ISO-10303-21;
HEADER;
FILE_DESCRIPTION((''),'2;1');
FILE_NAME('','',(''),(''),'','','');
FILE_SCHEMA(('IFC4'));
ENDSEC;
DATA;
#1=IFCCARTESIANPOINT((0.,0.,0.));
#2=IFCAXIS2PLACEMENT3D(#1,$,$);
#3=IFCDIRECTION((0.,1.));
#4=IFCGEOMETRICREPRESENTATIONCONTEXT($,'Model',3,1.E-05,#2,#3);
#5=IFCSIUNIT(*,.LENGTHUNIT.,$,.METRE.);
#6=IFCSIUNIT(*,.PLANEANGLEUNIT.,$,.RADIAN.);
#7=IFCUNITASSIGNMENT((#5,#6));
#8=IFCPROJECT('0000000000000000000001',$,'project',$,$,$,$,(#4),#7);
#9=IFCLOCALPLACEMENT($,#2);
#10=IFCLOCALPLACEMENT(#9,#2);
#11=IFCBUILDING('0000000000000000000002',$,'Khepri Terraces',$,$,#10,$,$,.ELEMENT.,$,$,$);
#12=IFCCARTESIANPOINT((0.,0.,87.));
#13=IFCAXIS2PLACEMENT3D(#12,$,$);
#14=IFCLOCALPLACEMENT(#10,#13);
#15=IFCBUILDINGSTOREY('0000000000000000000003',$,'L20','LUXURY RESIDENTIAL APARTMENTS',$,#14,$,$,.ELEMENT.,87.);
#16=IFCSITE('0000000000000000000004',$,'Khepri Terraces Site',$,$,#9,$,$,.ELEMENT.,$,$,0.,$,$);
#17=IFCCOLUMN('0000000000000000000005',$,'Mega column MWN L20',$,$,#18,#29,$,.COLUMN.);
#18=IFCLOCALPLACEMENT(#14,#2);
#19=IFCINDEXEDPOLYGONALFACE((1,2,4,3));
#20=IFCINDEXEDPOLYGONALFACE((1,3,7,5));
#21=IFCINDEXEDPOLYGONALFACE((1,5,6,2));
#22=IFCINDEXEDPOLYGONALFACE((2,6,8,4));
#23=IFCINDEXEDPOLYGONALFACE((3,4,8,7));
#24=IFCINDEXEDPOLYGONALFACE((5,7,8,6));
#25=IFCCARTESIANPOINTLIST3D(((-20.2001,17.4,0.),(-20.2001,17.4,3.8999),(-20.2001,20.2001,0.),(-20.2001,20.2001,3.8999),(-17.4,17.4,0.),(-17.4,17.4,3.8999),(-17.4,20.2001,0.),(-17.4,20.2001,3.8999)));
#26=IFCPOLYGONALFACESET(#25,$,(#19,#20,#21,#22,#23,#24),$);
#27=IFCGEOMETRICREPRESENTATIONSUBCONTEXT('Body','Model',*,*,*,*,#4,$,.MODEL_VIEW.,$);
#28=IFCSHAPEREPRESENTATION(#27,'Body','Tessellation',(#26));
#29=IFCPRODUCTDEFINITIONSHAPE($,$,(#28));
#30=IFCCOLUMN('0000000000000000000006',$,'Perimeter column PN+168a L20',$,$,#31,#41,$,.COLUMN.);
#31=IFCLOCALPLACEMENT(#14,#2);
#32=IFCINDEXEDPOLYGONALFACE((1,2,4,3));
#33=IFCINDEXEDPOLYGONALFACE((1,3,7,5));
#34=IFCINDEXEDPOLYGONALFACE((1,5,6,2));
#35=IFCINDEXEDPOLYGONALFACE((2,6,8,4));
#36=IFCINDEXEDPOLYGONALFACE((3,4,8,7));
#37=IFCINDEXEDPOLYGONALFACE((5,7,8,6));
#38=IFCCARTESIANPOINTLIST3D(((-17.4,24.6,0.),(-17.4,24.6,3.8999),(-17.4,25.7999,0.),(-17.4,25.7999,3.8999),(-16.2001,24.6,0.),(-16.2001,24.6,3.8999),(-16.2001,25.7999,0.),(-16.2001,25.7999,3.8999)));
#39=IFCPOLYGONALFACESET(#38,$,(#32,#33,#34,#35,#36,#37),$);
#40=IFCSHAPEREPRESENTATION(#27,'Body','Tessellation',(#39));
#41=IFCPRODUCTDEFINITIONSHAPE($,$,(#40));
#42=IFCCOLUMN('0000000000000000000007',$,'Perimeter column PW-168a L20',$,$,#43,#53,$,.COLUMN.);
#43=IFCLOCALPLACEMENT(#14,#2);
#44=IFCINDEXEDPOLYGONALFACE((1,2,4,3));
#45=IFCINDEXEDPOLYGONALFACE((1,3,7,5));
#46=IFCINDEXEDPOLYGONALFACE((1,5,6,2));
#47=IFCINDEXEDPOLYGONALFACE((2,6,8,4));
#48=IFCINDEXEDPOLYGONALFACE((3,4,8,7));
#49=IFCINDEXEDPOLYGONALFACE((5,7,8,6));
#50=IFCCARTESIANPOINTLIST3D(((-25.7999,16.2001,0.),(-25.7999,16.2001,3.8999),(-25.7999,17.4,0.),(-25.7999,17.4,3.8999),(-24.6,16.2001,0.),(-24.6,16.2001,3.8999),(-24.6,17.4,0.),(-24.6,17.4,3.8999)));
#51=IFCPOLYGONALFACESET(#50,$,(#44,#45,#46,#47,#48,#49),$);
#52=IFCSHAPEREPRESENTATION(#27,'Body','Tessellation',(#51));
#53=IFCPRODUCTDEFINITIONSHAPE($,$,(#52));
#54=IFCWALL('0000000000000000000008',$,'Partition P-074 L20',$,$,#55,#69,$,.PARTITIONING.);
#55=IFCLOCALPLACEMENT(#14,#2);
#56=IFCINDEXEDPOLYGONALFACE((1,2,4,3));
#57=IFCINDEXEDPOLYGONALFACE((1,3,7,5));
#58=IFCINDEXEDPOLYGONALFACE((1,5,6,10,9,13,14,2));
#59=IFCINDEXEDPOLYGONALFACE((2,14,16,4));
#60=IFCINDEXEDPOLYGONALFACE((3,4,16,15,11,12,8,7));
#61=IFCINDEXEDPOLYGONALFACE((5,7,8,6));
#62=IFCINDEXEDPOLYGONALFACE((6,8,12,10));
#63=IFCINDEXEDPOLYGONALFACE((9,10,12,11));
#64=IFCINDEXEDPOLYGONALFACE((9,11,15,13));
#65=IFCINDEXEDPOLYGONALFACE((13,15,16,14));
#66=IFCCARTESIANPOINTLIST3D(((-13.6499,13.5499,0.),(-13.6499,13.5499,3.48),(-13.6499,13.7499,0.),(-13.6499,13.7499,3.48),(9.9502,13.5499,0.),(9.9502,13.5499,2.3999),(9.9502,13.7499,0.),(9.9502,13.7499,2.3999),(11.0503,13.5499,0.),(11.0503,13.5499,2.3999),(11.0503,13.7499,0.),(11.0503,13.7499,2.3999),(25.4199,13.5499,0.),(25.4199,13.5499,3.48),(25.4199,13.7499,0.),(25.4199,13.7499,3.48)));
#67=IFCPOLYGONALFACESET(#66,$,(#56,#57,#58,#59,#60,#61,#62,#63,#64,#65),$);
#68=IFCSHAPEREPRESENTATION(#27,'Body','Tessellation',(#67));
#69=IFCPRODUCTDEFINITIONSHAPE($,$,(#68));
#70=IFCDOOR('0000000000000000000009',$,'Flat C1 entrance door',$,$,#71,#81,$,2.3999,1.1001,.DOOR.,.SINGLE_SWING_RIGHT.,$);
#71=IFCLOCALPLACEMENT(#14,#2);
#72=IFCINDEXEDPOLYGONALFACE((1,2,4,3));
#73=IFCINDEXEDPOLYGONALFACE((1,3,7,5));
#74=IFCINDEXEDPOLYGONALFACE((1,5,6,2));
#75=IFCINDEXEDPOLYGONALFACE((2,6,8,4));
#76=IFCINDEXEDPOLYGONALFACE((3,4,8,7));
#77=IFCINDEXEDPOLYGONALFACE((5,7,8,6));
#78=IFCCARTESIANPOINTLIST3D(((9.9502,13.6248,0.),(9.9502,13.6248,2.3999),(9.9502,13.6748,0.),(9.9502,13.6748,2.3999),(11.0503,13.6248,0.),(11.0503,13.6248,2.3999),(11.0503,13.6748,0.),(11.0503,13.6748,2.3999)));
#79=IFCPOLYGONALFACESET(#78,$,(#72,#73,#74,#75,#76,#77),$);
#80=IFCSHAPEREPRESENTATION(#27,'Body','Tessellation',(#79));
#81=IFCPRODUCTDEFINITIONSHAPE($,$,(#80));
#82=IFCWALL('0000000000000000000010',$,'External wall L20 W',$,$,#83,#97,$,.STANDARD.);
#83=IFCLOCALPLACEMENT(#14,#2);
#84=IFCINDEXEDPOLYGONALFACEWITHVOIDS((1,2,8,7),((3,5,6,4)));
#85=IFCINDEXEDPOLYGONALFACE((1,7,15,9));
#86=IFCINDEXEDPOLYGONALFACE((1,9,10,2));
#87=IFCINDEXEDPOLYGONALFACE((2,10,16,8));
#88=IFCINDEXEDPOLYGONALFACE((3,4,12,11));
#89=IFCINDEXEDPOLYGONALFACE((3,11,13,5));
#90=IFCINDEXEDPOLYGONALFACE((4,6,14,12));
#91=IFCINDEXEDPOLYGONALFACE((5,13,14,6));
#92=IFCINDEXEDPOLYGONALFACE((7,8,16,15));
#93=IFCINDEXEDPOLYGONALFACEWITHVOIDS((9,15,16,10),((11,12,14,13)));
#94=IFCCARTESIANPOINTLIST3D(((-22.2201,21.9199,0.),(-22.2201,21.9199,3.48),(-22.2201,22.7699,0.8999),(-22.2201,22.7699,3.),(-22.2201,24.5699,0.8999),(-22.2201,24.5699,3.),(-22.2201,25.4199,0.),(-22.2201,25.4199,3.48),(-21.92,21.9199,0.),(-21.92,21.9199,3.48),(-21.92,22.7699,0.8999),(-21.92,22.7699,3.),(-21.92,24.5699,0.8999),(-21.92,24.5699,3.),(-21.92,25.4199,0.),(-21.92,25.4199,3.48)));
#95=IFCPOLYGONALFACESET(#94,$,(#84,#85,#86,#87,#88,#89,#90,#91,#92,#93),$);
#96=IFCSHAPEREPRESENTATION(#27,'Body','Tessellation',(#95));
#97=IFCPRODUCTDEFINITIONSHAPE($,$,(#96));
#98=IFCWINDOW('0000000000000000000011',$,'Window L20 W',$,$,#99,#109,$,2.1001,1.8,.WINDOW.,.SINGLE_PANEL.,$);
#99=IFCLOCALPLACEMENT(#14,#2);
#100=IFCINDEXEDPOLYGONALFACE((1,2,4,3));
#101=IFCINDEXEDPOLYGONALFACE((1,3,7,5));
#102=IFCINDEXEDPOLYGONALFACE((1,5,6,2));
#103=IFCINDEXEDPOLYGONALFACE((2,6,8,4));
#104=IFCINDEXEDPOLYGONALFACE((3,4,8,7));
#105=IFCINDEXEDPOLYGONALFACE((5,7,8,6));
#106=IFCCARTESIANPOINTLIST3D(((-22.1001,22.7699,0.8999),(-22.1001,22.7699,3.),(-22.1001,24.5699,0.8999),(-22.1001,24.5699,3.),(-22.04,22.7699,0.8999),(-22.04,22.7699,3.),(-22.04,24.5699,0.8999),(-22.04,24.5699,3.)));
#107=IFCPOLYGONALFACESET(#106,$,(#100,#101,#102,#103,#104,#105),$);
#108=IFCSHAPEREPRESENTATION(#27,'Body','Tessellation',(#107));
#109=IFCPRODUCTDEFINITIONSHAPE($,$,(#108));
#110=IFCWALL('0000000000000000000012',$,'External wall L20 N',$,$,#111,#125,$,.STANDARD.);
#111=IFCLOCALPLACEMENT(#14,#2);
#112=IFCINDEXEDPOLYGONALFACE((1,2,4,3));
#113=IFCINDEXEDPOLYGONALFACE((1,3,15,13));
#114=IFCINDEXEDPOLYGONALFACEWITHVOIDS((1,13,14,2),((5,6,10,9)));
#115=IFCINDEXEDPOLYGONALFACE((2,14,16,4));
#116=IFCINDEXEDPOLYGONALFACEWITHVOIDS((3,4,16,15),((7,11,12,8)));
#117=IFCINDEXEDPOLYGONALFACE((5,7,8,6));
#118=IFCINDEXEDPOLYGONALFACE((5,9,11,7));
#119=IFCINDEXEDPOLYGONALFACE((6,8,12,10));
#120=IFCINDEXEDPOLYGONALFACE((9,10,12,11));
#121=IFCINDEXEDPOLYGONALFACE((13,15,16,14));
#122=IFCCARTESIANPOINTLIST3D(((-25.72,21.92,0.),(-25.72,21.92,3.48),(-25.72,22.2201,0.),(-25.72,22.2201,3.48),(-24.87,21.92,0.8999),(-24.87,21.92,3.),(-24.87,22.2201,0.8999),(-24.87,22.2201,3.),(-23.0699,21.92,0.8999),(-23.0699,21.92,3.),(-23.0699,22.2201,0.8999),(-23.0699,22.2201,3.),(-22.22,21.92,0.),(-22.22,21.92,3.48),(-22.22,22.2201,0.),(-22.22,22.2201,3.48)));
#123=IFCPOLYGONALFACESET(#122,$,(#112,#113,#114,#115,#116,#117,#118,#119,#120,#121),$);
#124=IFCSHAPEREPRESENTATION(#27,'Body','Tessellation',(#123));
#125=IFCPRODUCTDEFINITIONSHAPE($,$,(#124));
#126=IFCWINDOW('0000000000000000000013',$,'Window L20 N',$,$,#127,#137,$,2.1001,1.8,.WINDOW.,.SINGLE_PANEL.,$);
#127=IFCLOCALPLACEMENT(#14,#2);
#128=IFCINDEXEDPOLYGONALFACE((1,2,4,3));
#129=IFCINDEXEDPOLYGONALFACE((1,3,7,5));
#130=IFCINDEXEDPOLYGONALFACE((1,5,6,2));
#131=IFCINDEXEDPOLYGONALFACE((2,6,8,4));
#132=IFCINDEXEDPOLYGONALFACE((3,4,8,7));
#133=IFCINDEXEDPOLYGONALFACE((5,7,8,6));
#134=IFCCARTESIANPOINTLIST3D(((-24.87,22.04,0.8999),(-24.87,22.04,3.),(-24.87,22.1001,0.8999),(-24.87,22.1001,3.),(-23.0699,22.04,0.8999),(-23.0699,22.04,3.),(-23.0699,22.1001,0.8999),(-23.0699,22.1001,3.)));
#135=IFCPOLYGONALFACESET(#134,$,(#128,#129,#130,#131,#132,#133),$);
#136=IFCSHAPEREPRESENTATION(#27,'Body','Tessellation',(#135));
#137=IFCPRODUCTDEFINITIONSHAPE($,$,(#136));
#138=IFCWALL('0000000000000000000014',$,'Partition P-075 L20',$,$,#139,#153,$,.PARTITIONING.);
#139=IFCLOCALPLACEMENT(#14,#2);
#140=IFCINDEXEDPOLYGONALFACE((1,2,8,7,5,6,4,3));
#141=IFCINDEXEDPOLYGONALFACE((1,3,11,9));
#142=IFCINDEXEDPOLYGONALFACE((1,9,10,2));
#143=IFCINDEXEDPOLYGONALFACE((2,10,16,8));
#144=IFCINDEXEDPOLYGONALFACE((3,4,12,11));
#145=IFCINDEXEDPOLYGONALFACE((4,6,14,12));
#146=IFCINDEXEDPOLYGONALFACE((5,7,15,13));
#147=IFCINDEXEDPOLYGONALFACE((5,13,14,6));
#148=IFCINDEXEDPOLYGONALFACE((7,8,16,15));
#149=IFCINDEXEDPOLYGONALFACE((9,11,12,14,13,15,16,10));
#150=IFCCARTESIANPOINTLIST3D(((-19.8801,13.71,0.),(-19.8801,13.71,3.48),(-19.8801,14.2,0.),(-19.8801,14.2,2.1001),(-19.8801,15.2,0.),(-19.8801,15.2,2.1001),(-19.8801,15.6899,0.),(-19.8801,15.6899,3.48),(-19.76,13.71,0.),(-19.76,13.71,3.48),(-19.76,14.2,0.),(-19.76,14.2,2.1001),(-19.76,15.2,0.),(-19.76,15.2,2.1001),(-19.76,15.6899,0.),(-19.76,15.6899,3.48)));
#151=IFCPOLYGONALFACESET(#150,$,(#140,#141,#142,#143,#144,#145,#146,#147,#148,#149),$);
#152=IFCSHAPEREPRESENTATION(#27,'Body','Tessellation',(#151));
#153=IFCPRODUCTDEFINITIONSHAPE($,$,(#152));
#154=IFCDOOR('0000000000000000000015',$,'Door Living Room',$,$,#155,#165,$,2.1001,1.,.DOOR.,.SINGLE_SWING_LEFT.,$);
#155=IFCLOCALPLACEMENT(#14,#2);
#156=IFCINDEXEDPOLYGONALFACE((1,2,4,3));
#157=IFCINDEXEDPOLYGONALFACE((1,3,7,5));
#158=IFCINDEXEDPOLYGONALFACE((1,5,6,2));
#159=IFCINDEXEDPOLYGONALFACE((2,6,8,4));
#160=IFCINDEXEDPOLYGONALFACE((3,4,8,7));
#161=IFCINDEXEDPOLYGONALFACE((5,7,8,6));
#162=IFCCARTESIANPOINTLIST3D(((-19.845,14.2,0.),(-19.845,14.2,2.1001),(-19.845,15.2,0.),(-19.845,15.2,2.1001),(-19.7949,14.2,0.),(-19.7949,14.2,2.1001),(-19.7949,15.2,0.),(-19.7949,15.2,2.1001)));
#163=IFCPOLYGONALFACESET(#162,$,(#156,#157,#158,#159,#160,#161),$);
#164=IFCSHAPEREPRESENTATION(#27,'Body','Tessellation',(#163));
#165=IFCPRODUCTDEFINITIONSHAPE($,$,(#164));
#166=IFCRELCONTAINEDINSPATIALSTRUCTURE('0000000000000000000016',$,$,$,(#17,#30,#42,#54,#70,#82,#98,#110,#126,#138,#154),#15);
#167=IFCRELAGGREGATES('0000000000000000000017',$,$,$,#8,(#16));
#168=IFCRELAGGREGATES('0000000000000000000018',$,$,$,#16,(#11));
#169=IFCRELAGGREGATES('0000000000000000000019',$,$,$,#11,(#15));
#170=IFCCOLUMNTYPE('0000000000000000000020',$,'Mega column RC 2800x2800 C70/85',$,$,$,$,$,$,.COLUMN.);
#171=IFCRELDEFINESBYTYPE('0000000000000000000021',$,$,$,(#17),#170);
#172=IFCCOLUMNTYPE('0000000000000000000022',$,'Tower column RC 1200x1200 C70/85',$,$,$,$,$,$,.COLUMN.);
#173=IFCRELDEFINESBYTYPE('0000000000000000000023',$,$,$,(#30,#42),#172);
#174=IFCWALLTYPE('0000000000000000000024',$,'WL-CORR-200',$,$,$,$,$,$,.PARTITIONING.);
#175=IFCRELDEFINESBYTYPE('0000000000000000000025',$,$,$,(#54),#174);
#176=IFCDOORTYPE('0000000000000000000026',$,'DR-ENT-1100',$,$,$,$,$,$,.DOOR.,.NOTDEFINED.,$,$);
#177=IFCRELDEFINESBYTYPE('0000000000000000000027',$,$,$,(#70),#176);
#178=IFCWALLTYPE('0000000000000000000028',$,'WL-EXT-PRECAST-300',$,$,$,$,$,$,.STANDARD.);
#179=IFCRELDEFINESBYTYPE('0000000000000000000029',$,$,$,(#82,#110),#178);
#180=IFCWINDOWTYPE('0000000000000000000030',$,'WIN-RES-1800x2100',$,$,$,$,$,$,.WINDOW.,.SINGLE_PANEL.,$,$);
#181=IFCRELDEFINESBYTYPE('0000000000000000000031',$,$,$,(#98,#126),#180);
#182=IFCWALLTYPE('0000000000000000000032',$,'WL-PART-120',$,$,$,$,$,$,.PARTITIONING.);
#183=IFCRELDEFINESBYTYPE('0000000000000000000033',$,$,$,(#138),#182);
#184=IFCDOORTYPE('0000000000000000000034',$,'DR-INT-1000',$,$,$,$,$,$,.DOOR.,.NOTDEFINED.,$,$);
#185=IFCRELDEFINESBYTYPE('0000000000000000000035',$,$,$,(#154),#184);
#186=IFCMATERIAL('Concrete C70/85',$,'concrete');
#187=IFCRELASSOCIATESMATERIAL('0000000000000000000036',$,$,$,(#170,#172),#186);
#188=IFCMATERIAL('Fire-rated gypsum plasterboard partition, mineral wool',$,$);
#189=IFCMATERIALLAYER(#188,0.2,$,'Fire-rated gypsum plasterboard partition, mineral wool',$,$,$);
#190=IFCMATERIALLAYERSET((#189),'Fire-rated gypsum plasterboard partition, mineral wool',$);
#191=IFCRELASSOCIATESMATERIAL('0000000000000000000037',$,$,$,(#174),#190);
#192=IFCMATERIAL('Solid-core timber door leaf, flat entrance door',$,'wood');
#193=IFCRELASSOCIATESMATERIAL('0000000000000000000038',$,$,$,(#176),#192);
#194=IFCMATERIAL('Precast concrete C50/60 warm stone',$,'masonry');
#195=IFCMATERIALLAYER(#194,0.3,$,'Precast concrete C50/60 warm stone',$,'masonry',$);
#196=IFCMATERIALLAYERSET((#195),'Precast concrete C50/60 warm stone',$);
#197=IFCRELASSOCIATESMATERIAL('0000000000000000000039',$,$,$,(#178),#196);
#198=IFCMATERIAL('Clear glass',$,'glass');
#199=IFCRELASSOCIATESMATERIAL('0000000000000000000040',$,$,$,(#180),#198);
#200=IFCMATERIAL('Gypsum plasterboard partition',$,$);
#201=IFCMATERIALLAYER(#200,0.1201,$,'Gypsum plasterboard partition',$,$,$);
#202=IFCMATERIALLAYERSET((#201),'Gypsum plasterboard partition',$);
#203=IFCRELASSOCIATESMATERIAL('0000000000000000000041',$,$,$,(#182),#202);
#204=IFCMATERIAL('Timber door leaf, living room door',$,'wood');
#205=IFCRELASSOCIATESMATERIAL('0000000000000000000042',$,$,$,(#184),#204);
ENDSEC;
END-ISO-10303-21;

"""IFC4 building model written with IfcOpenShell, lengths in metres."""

from ifc_helpers import new_model, si_unit, direction, frame, frame_2d, origin, origin_2d, place, context, subcontext, project, spatial, rectangle, extrude, material, layer, layer_set, material_profile, profile_set, type_object, element, fill, save


model = new_model("IFC4")

# Units and contexts
model_context = context("Model", 3, precision=1e-05, world=origin(), true_north=direction((0.0, 1.0)))
body_context = subcontext(model_context, "Body", "Model", "MODEL_VIEW")
ifc_project = project(units=[si_unit("LENGTHUNIT", "METRE"), si_unit("PLANEANGLEUNIT", "RADIAN")], contexts=[model_context])

# Site, building, storey
site_placement = place(None, origin())
site = spatial("IfcSite", under=ifc_project, at=site_placement, Name="Khepri Terraces Site", CompositionType="ELEMENT", RefElevation=0.0)
building_placement = place(site_placement, origin())
building = spatial("IfcBuilding", under=site, at=building_placement, Name="Khepri Terraces", CompositionType="ELEMENT")
storey_placement = place(building_placement, frame((0.0, 0.0, 87.0)))
storey = spatial("IfcBuildingStorey", under=building, at=storey_placement, Name="L20", Description="LUXURY RESIDENTIAL APARTMENTS", CompositionType="ELEMENT", Elevation=87.0)

# Columns
ifc_material_1 = material(Name="Concrete C70/85", Category="concrete")
ifc_material_profile_1 = material_profile(ifc_material_1, rectangle(XDim=2.8, YDim=2.8, at=origin_2d()), Name="Concrete C70/85", Category="concrete")
ifc_profile_set_1 = profile_set([ifc_material_profile_1], Name="Concrete C70/85")
column_type_1 = type_object("IfcColumnType", Name="Mega column RC 2800x2800 C70/85", PredefinedType="COLUMN", material=ifc_profile_set_1)
column_placement = place(storey_placement, frame((-18.8, 18.8, 0.0), z_axis=(0.0, 0.0, 1.0), x_axis=(1.0, 0.0, 0.0)))
element("IfcColumn", 1, at=column_placement, inside=storey, type_object=column_type_1, Name="Mega column MWN L20", PredefinedType="COLUMN", context=body_context, shape_type="SweptSolid", body=[
    extrude(rectangle(XDim=2.8, YDim=2.8, at=origin_2d()), origin(), (0.0, 0.0, 1.0), 3.8999),
])
ifc_material_profile_2 = material_profile(ifc_material_1, rectangle(XDim=1.2, YDim=1.2, at=origin_2d()), Name="Concrete C70/85", Category="concrete")
ifc_profile_set_2 = profile_set([ifc_material_profile_2], Name="Concrete C70/85")
column_type_2 = type_object("IfcColumnType", Name="Tower column RC 1200x1200 C70/85", PredefinedType="COLUMN", material=ifc_profile_set_2)
for number, where, z_axis, x_axis, name in (
    (2, (-16.8, 25.2, 0.0), (0.0, 0.0, 1.0), (1.0, 0.0, 0.0), "Perimeter column PN+168a L20"),
    (3, (-25.2, 16.8, 0.0), (0.0, 0.0, 1.0), (1.0, 0.0, 0.0), "Perimeter column PW-168a L20"),
):
    element("IfcColumn", number, at=place(storey_placement, frame(where, z_axis=z_axis, x_axis=x_axis)), inside=storey, type_object=column_type_2, Name=name, PredefinedType="COLUMN", context=body_context, shape_type="SweptSolid", body=[
        extrude(rectangle(XDim=1.2, YDim=1.2, at=origin_2d()), origin(), (0.0, 0.0, 1.0), 3.8999),
    ])

# Wall, opening, door
ifc_material_2 = material(Name="Fire-rated gypsum plasterboard partition, mineral wool")
ifc_layer_1 = layer(ifc_material_2, 0.2, Name="Fire-rated gypsum plasterboard partition, mineral wool")
ifc_layer_set_1 = layer_set([ifc_layer_1], Name="Fire-rated gypsum plasterboard partition, mineral wool")
wall_type_1 = type_object("IfcWallType", Name="WL-CORR-200", PredefinedType="PARTITIONING", material=ifc_layer_set_1)
wall_1_placement = place(storey_placement, frame((-13.6499, 13.6499, 0.0), z_axis=(0.0, 0.0, 1.0), x_axis=(1.0, 0.0, 0.0)))
wall_1 = element("IfcWall", 4, at=wall_1_placement, inside=storey, type_object=wall_type_1, Name="Partition P-074 L20", PredefinedType="PARTITIONING", context=body_context, shape_type="SweptSolid", body=[
    extrude(rectangle(XDim=39.0698, YDim=0.2, at=frame_2d((19.5349, 0.0))), origin(), (0.0, 0.0, 1.0), 3.48),
])
opening_1_placement = place(wall_1_placement, frame((23.6001, 0.0, 0.0)))
opening_1 = element("IfcOpeningElement", 5, at=opening_1_placement, cuts=wall_1, PredefinedType="OPENING", context=body_context, shape_type="SweptSolid", body=[
    extrude(rectangle(XDim=1.1001, YDim=2.3999, at=frame_2d((0.55, 1.2))), frame((0.0, 0.1099, 0.0), z_axis=(0.0, -1.0, 0.0), x_axis=(1.0, 0.0, 0.0)), (0.0, 0.0, 1.0), 0.22),
])
ifc_material_3 = material(Name="Solid-core timber door leaf, flat entrance door", Category="wood")
door_type_1 = type_object("IfcDoorType", Name="DR-ENT-1100", OperationType="NOTDEFINED", PredefinedType="DOOR", material=ifc_material_3)
door_1_placement = place(opening_1_placement, origin())
door_1 = element("IfcDoor", 6, at=door_1_placement, inside=storey, type_object=door_type_1, Name="Flat C1 entrance door", OperationType="SINGLE_SWING_RIGHT", OverallHeight=2.3999, OverallWidth=1.1001, PredefinedType="DOOR", context=body_context, shape_type="SweptSolid", body=[
    extrude(rectangle(XDim=1.1001, YDim=2.3999, at=frame_2d((0.55, 1.2))), frame((0.0, 0.0249, 0.0), z_axis=(0.0, -1.0, 0.0), x_axis=(1.0, 0.0, 0.0)), (0.0, 0.0, 1.0), 0.05),
])
fill(opening_1, door_1)

# Shared definitions
ifc_material_4 = material(Name="Precast concrete C50/60 warm stone", Category="masonry")
ifc_layer_2 = layer(ifc_material_4, 0.3, Name="Precast concrete C50/60 warm stone", Category="masonry")
ifc_layer_set_2 = layer_set([ifc_layer_2], Name="Precast concrete C50/60 warm stone")
wall_type_2 = type_object("IfcWallType", Name="WL-EXT-PRECAST-300", PredefinedType="STANDARD", material=ifc_layer_set_2)
ifc_material_5 = material(Name="Clear glass", Category="glass")
window_type = type_object("IfcWindowType", Name="WIN-RES-1800x2100", PartitioningType="SINGLE_PANEL", PredefinedType="WINDOW", material=ifc_material_5)

# Walls, openings, windows
wall_2_placement = place(storey_placement, frame((-22.0701, 25.4199, 0.0), z_axis=(0.0, 0.0, 1.0), x_axis=(0.0, -1.0, 0.0)))
wall_2 = element("IfcWall", 7, at=wall_2_placement, inside=storey, type_object=wall_type_2, Name="External wall L20 W", PredefinedType="STANDARD", context=body_context, shape_type="SweptSolid", body=[
    extrude(rectangle(XDim=3.5, YDim=0.3, at=frame_2d((1.75, 0.0))), origin(), (0.0, 0.0, 1.0), 3.48),
])
opening_2_placement = place(wall_2_placement, frame((0.8501, 0.0, 0.8999)))
opening_2 = element("IfcOpeningElement", 8, at=opening_2_placement, cuts=wall_2, PredefinedType="OPENING", context=body_context, shape_type="SweptSolid", body=[
    extrude(rectangle(XDim=1.8, YDim=2.1001, at=frame_2d((0.8999, 1.05))), frame((0.0, 0.1602, 0.0), z_axis=(0.0, -1.0, 0.0), x_axis=(1.0, 0.0, 0.0)), (0.0, 0.0, 1.0), 0.3201),
])
window_1_placement = place(opening_2_placement, origin())
window_1 = element("IfcWindow", 9, at=window_1_placement, inside=storey, type_object=window_type, Name="Window L20 W", OverallHeight=2.1001, OverallWidth=1.8, PartitioningType="SINGLE_PANEL", PredefinedType="WINDOW", context=body_context, shape_type="SweptSolid", body=[
    extrude(rectangle(XDim=1.8, YDim=2.1001, at=frame_2d((0.8999, 1.05))), frame((0.0, 0.03, 0.0), z_axis=(0.0, -1.0, 0.0), x_axis=(1.0, 0.0, 0.0)), (0.0, 0.0, 1.0), 0.0601),
])
fill(opening_2, window_1)
wall_3_placement = place(storey_placement, frame((-22.22, 22.0701, 0.0), z_axis=(0.0, 0.0, 1.0), x_axis=(-1.0, 0.0, 0.0)))
wall_3 = element("IfcWall", 10, at=wall_3_placement, inside=storey, type_object=wall_type_2, Name="External wall L20 N", PredefinedType="STANDARD", context=body_context, shape_type="SweptSolid", body=[
    extrude(rectangle(XDim=3.5, YDim=0.3, at=frame_2d((1.75, 0.0))), origin(), (0.0, 0.0, 1.0), 3.48),
])
opening_3_placement = place(wall_3_placement, frame((0.8501, 0.0, 0.8999)))
opening_3 = element("IfcOpeningElement", 11, at=opening_3_placement, cuts=wall_3, PredefinedType="OPENING", context=body_context, shape_type="SweptSolid", body=[
    extrude(rectangle(XDim=1.8, YDim=2.1001, at=frame_2d((0.8999, 1.05))), frame((0.0, 0.1602, 0.0), z_axis=(0.0, -1.0, 0.0), x_axis=(1.0, 0.0, 0.0)), (0.0, 0.0, 1.0), 0.3201),
])
window_2_placement = place(opening_3_placement, origin())
window_2 = element("IfcWindow", 12, at=window_2_placement, inside=storey, type_object=window_type, Name="Window L20 N", OverallHeight=2.1001, OverallWidth=1.8, PartitioningType="SINGLE_PANEL", PredefinedType="WINDOW", context=body_context, shape_type="SweptSolid", body=[
    extrude(rectangle(XDim=1.8, YDim=2.1001, at=frame_2d((0.8999, 1.05))), frame((0.0, 0.03, 0.0), z_axis=(0.0, -1.0, 0.0), x_axis=(1.0, 0.0, 0.0)), (0.0, 0.0, 1.0), 0.0601),
])
fill(opening_3, window_2)

# Wall, opening, door
ifc_material_6 = material(Name="Gypsum plasterboard partition")
ifc_layer_3 = layer(ifc_material_6, 0.1201, Name="Gypsum plasterboard partition")
ifc_layer_set_3 = layer_set([ifc_layer_3], Name="Gypsum plasterboard partition")
wall_type_3 = type_object("IfcWallType", Name="WL-PART-120", PredefinedType="PARTITIONING", material=ifc_layer_set_3)
wall_4_placement = place(storey_placement, frame((-19.8201, 13.71, 0.0), z_axis=(0.0, 0.0, 1.0), x_axis=(0.0, 1.0, 0.0)))
wall_4 = element("IfcWall", 13, at=wall_4_placement, inside=storey, type_object=wall_type_3, Name="Partition P-075 L20", PredefinedType="PARTITIONING", context=body_context, shape_type="SweptSolid", body=[
    extrude(rectangle(XDim=1.98, YDim=0.1201, at=frame_2d((0.99, 0.0))), origin(), (0.0, 0.0, 1.0), 3.48),
])
opening_4_placement = place(wall_4_placement, frame((0.49, 0.0, 0.0)))
opening_4 = element("IfcOpeningElement", 14, at=opening_4_placement, cuts=wall_4, PredefinedType="OPENING", context=body_context, shape_type="SweptSolid", body=[
    extrude(rectangle(XDim=1.0, YDim=2.1001, at=frame_2d((0.5, 1.05))), frame((0.0, 0.0701, 0.0), z_axis=(0.0, -1.0, 0.0), x_axis=(1.0, 0.0, 0.0)), (0.0, 0.0, 1.0), 0.1401),
])
ifc_material_7 = material(Name="Timber door leaf, living room door", Category="wood")
door_type_2 = type_object("IfcDoorType", Name="DR-INT-1000", OperationType="NOTDEFINED", PredefinedType="DOOR", material=ifc_material_7)
door_2_placement = place(opening_4_placement, origin())
door_2 = element("IfcDoor", 15, at=door_2_placement, inside=storey, type_object=door_type_2, Name="Door Living Room", OperationType="SINGLE_SWING_LEFT", OverallHeight=2.1001, OverallWidth=1.0, PredefinedType="DOOR", context=body_context, shape_type="SweptSolid", body=[
    extrude(rectangle(XDim=1.0, YDim=2.1001, at=frame_2d((0.5, 1.05))), frame((0.0, 0.0249, 0.0), z_axis=(0.0, -1.0, 0.0), x_axis=(1.0, 0.0, 0.0)), (0.0, 0.0, 1.0), 0.05),
])
fill(opening_4, door_2)

save(model, "model.ifc")
